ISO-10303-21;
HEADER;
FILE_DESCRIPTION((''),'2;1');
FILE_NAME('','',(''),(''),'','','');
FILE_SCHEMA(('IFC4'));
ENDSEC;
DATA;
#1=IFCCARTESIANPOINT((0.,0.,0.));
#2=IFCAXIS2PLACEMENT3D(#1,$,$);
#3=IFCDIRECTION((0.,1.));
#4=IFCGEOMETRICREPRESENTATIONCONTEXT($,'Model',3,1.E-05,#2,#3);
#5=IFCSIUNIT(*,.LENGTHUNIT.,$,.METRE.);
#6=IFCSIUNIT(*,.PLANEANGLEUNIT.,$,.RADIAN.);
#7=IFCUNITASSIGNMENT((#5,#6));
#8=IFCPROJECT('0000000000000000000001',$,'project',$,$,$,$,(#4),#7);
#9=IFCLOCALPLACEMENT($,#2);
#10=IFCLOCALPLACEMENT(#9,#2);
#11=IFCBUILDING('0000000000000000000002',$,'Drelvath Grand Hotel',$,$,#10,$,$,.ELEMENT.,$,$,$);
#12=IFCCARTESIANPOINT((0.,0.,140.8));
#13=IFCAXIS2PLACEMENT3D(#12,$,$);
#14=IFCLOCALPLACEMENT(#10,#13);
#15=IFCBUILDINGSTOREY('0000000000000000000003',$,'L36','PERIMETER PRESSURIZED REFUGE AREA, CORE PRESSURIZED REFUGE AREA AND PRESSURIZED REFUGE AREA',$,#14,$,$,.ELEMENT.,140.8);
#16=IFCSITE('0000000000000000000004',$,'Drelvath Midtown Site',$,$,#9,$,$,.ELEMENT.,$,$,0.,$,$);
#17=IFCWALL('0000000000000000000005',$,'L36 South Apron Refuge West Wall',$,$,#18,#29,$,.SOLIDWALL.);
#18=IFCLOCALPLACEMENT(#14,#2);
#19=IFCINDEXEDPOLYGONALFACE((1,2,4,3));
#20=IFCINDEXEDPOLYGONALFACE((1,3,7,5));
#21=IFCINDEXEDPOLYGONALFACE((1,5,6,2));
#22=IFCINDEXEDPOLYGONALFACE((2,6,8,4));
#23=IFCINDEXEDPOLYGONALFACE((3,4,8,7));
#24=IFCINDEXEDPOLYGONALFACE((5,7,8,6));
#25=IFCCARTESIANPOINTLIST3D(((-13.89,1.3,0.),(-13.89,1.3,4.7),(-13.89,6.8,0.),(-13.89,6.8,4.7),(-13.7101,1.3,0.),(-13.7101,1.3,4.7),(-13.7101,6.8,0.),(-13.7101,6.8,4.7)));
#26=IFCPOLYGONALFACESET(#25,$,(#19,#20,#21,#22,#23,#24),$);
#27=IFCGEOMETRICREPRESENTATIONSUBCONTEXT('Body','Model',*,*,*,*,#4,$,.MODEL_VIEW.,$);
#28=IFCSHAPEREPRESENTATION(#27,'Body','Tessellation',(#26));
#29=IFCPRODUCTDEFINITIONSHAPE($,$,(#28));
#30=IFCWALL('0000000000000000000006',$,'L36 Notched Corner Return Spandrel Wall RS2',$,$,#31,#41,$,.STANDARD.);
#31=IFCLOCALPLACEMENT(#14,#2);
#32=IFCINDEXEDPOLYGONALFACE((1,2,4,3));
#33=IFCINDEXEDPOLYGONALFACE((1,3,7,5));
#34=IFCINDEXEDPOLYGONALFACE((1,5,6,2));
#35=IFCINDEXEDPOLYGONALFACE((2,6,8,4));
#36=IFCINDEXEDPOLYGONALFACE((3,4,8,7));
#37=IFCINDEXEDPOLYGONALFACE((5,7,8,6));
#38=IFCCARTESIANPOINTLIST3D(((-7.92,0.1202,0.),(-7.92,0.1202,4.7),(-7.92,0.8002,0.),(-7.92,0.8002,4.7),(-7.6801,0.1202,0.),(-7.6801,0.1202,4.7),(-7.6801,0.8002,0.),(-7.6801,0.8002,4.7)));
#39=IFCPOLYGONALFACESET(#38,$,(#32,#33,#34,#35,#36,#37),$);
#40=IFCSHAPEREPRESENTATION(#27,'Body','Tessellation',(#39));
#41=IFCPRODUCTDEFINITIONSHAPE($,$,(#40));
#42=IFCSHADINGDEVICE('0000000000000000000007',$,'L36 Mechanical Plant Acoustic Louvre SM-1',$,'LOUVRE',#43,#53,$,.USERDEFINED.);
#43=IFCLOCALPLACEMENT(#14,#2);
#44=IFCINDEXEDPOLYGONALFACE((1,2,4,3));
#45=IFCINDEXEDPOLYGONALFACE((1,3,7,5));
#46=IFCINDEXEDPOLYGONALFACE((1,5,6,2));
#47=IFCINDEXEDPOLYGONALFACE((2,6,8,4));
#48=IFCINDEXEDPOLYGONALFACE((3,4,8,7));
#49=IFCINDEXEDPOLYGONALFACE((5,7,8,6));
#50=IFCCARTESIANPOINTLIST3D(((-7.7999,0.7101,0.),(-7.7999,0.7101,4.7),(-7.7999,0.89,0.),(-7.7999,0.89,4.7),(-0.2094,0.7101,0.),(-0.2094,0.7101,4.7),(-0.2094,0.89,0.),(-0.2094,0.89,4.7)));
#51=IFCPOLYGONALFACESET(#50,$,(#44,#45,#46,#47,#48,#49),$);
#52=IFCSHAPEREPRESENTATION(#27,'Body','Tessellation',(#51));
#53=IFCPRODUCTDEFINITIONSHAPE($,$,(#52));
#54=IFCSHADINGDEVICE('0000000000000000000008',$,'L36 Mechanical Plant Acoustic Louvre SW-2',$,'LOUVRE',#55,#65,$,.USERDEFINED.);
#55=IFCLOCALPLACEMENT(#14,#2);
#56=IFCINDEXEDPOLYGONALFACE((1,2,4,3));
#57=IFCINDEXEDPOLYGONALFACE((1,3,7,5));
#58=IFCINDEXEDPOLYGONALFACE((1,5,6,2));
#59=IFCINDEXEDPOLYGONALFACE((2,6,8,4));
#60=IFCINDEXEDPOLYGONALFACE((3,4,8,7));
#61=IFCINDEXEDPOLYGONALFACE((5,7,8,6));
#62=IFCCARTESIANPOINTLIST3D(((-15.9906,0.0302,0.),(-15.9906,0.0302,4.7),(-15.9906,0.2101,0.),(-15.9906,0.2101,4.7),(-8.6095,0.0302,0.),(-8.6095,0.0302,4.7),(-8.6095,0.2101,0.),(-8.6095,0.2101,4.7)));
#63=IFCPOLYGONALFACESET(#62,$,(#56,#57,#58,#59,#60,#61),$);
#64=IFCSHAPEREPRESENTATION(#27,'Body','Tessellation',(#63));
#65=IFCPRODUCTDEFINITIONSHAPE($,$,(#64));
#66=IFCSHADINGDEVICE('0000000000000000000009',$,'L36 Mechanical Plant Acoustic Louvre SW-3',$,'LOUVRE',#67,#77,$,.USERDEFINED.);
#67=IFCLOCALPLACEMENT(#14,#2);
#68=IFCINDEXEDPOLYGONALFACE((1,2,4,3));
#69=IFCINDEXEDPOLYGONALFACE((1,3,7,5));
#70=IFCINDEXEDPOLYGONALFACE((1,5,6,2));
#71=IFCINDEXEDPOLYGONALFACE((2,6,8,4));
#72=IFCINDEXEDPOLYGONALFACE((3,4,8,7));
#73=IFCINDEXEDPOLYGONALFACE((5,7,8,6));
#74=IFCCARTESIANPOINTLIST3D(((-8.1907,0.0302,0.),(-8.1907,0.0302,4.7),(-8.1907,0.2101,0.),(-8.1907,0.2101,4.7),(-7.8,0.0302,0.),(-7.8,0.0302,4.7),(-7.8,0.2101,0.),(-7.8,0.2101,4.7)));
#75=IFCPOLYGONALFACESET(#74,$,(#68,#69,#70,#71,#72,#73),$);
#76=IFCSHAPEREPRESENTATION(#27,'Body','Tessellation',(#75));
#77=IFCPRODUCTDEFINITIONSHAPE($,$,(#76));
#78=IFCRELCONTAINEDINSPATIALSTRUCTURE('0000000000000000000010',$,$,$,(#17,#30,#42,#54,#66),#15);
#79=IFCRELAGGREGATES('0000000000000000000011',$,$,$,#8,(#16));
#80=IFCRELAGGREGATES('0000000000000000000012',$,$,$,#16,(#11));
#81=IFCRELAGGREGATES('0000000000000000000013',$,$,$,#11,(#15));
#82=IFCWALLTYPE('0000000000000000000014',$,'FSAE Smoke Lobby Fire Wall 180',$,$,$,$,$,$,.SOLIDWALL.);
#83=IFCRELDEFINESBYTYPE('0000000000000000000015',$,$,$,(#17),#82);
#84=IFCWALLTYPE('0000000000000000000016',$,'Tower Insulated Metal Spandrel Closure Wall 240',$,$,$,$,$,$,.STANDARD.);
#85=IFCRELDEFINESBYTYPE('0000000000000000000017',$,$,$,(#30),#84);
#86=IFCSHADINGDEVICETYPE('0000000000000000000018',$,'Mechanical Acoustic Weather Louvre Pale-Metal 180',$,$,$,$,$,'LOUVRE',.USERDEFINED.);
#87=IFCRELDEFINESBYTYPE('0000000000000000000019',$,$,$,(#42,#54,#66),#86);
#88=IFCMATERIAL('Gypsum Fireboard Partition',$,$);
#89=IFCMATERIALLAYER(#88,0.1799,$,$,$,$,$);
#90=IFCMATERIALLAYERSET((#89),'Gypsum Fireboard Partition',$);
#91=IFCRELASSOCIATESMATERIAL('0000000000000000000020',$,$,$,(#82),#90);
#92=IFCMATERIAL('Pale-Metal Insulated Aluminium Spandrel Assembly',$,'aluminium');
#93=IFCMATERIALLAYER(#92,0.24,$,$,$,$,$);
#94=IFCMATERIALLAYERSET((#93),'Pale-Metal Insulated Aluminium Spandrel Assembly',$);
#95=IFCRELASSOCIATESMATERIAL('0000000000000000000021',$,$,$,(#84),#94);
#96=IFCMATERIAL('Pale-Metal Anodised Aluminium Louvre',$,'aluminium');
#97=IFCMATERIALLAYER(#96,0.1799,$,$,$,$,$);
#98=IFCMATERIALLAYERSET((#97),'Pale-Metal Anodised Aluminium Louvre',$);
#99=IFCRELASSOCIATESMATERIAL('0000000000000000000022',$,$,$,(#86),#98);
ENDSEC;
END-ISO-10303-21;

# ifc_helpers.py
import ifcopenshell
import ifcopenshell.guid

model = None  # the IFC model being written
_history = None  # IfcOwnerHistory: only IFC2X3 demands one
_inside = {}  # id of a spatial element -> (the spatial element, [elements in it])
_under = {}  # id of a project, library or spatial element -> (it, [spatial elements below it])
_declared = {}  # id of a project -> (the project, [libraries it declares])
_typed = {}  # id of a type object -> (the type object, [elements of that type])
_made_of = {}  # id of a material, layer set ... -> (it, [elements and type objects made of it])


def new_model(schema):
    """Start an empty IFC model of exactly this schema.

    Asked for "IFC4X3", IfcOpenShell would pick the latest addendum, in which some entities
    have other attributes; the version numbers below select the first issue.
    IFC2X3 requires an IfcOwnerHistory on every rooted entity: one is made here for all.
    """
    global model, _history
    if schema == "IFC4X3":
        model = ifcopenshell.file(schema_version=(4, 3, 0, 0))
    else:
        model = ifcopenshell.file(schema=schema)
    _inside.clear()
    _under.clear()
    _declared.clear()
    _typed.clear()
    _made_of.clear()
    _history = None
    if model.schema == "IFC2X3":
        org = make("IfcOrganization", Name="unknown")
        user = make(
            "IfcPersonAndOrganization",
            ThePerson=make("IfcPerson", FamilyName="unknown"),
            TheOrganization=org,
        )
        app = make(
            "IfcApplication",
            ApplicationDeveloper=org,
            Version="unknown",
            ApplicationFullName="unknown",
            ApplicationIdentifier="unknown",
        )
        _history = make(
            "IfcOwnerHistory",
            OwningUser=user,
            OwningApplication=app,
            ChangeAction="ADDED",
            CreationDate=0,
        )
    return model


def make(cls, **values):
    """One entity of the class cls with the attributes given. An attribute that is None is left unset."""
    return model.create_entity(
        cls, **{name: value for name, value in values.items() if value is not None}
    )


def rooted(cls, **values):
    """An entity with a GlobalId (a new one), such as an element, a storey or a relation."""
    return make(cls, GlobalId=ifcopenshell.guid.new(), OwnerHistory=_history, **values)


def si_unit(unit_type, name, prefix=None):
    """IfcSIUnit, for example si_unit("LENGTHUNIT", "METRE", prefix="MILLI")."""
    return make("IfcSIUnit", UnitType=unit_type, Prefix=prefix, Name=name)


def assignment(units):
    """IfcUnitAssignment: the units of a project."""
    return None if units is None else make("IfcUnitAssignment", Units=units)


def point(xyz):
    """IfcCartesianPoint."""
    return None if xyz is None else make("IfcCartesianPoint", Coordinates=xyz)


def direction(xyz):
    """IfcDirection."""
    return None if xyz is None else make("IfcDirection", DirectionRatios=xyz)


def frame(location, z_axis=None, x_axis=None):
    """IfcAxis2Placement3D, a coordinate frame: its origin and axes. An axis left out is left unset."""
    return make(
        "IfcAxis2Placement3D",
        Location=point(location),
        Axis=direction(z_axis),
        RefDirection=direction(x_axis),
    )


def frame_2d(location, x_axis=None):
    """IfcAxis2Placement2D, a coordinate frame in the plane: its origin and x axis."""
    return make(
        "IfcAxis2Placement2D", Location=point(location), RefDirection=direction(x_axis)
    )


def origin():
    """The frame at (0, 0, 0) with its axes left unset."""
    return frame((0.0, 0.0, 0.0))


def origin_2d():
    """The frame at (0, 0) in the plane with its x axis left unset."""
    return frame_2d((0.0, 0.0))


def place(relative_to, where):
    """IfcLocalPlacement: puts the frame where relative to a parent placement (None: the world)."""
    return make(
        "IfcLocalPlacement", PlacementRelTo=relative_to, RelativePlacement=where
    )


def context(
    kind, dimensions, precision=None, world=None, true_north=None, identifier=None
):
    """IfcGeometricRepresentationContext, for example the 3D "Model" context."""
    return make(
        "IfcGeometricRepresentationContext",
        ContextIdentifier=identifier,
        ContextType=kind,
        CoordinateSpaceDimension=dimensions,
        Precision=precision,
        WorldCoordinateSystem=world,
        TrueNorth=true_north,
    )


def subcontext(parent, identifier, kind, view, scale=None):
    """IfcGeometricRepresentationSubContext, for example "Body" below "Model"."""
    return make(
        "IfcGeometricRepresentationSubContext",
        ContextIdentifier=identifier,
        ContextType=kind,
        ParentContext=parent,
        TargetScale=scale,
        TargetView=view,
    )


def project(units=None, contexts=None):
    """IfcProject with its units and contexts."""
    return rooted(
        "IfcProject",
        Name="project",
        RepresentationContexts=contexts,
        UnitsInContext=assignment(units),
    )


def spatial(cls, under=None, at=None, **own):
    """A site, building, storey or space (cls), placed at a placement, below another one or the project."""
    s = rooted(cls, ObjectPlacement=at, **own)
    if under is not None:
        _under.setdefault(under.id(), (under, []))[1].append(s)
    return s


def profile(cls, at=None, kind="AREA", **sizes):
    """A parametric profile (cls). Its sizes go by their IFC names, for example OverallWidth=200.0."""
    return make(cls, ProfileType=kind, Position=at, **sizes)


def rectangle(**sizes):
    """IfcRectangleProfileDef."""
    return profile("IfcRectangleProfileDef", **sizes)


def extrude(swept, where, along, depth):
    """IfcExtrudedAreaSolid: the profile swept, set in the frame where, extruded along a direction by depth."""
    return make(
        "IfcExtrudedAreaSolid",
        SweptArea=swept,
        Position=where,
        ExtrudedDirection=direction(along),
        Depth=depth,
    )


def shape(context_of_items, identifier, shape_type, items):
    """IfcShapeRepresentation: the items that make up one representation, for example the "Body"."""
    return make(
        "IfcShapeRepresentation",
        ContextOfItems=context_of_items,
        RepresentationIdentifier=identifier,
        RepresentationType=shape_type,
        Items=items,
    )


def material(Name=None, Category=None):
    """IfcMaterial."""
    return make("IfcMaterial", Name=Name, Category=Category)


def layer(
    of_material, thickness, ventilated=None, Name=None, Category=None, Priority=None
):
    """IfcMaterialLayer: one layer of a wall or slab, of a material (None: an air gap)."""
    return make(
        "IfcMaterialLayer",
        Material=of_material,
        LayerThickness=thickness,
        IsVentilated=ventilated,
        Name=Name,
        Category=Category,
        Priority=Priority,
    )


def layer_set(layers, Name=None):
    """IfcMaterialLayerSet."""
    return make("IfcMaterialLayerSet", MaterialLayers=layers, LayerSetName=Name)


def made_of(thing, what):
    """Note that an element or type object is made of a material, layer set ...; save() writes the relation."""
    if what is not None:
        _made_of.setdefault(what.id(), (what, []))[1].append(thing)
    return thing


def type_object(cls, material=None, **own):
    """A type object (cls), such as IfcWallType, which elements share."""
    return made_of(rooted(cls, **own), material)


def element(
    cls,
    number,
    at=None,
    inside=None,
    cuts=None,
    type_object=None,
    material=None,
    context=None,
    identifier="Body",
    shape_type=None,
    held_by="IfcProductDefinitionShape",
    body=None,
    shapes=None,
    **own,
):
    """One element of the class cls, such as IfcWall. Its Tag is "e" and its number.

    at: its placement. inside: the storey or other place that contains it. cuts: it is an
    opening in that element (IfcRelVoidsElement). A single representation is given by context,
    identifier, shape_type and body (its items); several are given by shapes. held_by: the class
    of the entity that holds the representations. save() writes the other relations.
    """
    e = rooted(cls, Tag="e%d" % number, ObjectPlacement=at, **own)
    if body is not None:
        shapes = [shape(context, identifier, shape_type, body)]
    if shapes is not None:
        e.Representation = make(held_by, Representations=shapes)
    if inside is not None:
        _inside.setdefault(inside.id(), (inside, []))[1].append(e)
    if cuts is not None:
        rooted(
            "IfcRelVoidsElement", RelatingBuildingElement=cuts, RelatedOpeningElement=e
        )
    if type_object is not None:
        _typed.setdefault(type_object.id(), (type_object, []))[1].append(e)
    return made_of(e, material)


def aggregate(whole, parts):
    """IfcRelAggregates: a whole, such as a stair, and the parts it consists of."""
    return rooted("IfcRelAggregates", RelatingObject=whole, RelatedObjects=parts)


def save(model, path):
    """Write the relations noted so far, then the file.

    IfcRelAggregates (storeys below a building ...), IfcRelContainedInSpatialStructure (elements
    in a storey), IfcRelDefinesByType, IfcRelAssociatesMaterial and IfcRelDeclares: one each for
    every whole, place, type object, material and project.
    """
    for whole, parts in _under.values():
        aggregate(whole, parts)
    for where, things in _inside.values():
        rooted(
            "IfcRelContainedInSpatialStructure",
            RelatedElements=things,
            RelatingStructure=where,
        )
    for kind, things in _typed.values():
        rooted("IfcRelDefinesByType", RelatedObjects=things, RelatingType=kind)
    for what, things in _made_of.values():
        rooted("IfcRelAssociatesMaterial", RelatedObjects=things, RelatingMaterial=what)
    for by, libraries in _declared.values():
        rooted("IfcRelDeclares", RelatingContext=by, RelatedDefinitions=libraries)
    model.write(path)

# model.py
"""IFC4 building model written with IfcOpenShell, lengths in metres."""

from ifc_helpers import new_model, si_unit, direction, frame, frame_2d, origin, origin_2d, place, context, subcontext, project, spatial, rectangle, extrude, material, layer, layer_set, type_object, element, save


model = new_model("IFC4")

# Units and contexts
model_context = context("Model", 3, precision=1e-05, world=origin(), true_north=direction((0.0, 1.0)))
body_context = subcontext(model_context, "Body", "Model", "MODEL_VIEW")
ifc_project = project(units=[si_unit("LENGTHUNIT", "METRE"), si_unit("PLANEANGLEUNIT", "RADIAN")], contexts=[model_context])

# Site, building, storey
site_placement = place(None, origin())
site = spatial("IfcSite", under=ifc_project, at=site_placement, Name="Drelvath Midtown Site", CompositionType="ELEMENT", RefElevation=0.0)
building_placement = place(site_placement, origin())
building = spatial("IfcBuilding", under=site, at=building_placement, Name="Drelvath Grand Hotel", CompositionType="ELEMENT")
storey_placement = place(building_placement, frame((0.0, 0.0, 140.8)))
storey = spatial("IfcBuildingStorey", under=building, at=storey_placement, Name="L36", Description="PERIMETER PRESSURIZED REFUGE AREA, CORE PRESSURIZED REFUGE AREA AND PRESSURIZED REFUGE AREA", CompositionType="ELEMENT", Elevation=140.8)

# Walls
ifc_material_1 = material(Name="Gypsum Fireboard Partition")
ifc_layer_1 = layer(ifc_material_1, 0.1799)
ifc_layer_set_1 = layer_set([ifc_layer_1], Name="Gypsum Fireboard Partition")
wall_type_1 = type_object("IfcWallType", Name="FSAE Smoke Lobby Fire Wall 180", PredefinedType="SOLIDWALL", material=ifc_layer_set_1)
wall_1_placement = place(storey_placement, frame((-13.8, 1.3, 0.0), z_axis=(0.0, 0.0, 1.0), x_axis=(0.0, 1.0, 0.0)))
element("IfcWall", 1, at=wall_1_placement, inside=storey, type_object=wall_type_1, Name="L36 South Apron Refuge West Wall", PredefinedType="SOLIDWALL", context=body_context, shape_type="SweptSolid", body=[
    extrude(rectangle(XDim=5.5, YDim=0.1799, at=frame_2d((2.75, 0.0))), origin(), (0.0, 0.0, 1.0), 4.7),
])
ifc_material_2 = material(Name="Pale-Metal Insulated Aluminium Spandrel Assembly", Category="aluminium")
ifc_layer_2 = layer(ifc_material_2, 0.24)
ifc_layer_set_2 = layer_set([ifc_layer_2], Name="Pale-Metal Insulated Aluminium Spandrel Assembly")
wall_type_2 = type_object("IfcWallType", Name="Tower Insulated Metal Spandrel Closure Wall 240", PredefinedType="STANDARD", material=ifc_layer_set_2)
wall_2_placement = place(storey_placement, frame((-7.8, 0.8, 0.0), z_axis=(0.0, 0.0, 1.0), x_axis=(0.0, -1.0, 0.0)))
element("IfcWall", 2, at=wall_2_placement, inside=storey, type_object=wall_type_2, Name="L36 Notched Corner Return Spandrel Wall RS2", PredefinedType="STANDARD", context=body_context, shape_type="SweptSolid", body=[
    extrude(rectangle(XDim=0.6799, YDim=0.24, at=frame_2d((0.3398, 0.0))), origin(), (0.0, 0.0, 1.0), 4.7),
])

# Shading devices
ifc_material_3 = material(Name="Pale-Metal Anodised Aluminium Louvre", Category="aluminium")
ifc_layer_3 = layer(ifc_material_3, 0.1799)
ifc_layer_set_3 = layer_set([ifc_layer_3], Name="Pale-Metal Anodised Aluminium Louvre")
shading_device_type = type_object("IfcShadingDeviceType", Name="Mechanical Acoustic Weather Louvre Pale-Metal 180", ElementType="LOUVRE", PredefinedType="USERDEFINED", material=ifc_layer_set_3)
shading_device_1_placement = place(storey_placement, frame((-4.0046, 0.8, 0.0), z_axis=(0.0, 0.0, 1.0), x_axis=(1.0, 0.0, 0.0)))
element("IfcShadingDevice", 3, at=shading_device_1_placement, inside=storey, type_object=shading_device_type, Name="L36 Mechanical Plant Acoustic Louvre SM-1", ObjectType="LOUVRE", PredefinedType="USERDEFINED", context=body_context, shape_type="SweptSolid", body=[
    extrude(rectangle(XDim=7.5906, YDim=0.1799, at=origin_2d()), origin(), (0.0, 0.0, 1.0), 4.7),
])
shading_device_2_placement = place(storey_placement, frame((-12.3, 0.1201, 0.0), z_axis=(0.0, 0.0, 1.0), x_axis=(1.0, 0.0, 0.0)))
element("IfcShadingDevice", 4, at=shading_device_2_placement, inside=storey, type_object=shading_device_type, Name="L36 Mechanical Plant Acoustic Louvre SW-2", ObjectType="LOUVRE", PredefinedType="USERDEFINED", context=body_context, shape_type="SweptSolid", body=[
    extrude(rectangle(XDim=7.3811, YDim=0.1799, at=origin_2d()), origin(), (0.0, 0.0, 1.0), 4.7),
])
shading_device_3_placement = place(storey_placement, frame((-7.9954, 0.1201, 0.0), z_axis=(0.0, 0.0, 1.0), x_axis=(1.0, 0.0, 0.0)))
element("IfcShadingDevice", 5, at=shading_device_3_placement, inside=storey, type_object=shading_device_type, Name="L36 Mechanical Plant Acoustic Louvre SW-3", ObjectType="LOUVRE", PredefinedType="USERDEFINED", context=body_context, shape_type="SweptSolid", body=[
    extrude(rectangle(XDim=0.3906, YDim=0.1799, at=origin_2d()), origin(), (0.0, 0.0, 1.0), 4.7),
])

save(model, "model.ifc")
